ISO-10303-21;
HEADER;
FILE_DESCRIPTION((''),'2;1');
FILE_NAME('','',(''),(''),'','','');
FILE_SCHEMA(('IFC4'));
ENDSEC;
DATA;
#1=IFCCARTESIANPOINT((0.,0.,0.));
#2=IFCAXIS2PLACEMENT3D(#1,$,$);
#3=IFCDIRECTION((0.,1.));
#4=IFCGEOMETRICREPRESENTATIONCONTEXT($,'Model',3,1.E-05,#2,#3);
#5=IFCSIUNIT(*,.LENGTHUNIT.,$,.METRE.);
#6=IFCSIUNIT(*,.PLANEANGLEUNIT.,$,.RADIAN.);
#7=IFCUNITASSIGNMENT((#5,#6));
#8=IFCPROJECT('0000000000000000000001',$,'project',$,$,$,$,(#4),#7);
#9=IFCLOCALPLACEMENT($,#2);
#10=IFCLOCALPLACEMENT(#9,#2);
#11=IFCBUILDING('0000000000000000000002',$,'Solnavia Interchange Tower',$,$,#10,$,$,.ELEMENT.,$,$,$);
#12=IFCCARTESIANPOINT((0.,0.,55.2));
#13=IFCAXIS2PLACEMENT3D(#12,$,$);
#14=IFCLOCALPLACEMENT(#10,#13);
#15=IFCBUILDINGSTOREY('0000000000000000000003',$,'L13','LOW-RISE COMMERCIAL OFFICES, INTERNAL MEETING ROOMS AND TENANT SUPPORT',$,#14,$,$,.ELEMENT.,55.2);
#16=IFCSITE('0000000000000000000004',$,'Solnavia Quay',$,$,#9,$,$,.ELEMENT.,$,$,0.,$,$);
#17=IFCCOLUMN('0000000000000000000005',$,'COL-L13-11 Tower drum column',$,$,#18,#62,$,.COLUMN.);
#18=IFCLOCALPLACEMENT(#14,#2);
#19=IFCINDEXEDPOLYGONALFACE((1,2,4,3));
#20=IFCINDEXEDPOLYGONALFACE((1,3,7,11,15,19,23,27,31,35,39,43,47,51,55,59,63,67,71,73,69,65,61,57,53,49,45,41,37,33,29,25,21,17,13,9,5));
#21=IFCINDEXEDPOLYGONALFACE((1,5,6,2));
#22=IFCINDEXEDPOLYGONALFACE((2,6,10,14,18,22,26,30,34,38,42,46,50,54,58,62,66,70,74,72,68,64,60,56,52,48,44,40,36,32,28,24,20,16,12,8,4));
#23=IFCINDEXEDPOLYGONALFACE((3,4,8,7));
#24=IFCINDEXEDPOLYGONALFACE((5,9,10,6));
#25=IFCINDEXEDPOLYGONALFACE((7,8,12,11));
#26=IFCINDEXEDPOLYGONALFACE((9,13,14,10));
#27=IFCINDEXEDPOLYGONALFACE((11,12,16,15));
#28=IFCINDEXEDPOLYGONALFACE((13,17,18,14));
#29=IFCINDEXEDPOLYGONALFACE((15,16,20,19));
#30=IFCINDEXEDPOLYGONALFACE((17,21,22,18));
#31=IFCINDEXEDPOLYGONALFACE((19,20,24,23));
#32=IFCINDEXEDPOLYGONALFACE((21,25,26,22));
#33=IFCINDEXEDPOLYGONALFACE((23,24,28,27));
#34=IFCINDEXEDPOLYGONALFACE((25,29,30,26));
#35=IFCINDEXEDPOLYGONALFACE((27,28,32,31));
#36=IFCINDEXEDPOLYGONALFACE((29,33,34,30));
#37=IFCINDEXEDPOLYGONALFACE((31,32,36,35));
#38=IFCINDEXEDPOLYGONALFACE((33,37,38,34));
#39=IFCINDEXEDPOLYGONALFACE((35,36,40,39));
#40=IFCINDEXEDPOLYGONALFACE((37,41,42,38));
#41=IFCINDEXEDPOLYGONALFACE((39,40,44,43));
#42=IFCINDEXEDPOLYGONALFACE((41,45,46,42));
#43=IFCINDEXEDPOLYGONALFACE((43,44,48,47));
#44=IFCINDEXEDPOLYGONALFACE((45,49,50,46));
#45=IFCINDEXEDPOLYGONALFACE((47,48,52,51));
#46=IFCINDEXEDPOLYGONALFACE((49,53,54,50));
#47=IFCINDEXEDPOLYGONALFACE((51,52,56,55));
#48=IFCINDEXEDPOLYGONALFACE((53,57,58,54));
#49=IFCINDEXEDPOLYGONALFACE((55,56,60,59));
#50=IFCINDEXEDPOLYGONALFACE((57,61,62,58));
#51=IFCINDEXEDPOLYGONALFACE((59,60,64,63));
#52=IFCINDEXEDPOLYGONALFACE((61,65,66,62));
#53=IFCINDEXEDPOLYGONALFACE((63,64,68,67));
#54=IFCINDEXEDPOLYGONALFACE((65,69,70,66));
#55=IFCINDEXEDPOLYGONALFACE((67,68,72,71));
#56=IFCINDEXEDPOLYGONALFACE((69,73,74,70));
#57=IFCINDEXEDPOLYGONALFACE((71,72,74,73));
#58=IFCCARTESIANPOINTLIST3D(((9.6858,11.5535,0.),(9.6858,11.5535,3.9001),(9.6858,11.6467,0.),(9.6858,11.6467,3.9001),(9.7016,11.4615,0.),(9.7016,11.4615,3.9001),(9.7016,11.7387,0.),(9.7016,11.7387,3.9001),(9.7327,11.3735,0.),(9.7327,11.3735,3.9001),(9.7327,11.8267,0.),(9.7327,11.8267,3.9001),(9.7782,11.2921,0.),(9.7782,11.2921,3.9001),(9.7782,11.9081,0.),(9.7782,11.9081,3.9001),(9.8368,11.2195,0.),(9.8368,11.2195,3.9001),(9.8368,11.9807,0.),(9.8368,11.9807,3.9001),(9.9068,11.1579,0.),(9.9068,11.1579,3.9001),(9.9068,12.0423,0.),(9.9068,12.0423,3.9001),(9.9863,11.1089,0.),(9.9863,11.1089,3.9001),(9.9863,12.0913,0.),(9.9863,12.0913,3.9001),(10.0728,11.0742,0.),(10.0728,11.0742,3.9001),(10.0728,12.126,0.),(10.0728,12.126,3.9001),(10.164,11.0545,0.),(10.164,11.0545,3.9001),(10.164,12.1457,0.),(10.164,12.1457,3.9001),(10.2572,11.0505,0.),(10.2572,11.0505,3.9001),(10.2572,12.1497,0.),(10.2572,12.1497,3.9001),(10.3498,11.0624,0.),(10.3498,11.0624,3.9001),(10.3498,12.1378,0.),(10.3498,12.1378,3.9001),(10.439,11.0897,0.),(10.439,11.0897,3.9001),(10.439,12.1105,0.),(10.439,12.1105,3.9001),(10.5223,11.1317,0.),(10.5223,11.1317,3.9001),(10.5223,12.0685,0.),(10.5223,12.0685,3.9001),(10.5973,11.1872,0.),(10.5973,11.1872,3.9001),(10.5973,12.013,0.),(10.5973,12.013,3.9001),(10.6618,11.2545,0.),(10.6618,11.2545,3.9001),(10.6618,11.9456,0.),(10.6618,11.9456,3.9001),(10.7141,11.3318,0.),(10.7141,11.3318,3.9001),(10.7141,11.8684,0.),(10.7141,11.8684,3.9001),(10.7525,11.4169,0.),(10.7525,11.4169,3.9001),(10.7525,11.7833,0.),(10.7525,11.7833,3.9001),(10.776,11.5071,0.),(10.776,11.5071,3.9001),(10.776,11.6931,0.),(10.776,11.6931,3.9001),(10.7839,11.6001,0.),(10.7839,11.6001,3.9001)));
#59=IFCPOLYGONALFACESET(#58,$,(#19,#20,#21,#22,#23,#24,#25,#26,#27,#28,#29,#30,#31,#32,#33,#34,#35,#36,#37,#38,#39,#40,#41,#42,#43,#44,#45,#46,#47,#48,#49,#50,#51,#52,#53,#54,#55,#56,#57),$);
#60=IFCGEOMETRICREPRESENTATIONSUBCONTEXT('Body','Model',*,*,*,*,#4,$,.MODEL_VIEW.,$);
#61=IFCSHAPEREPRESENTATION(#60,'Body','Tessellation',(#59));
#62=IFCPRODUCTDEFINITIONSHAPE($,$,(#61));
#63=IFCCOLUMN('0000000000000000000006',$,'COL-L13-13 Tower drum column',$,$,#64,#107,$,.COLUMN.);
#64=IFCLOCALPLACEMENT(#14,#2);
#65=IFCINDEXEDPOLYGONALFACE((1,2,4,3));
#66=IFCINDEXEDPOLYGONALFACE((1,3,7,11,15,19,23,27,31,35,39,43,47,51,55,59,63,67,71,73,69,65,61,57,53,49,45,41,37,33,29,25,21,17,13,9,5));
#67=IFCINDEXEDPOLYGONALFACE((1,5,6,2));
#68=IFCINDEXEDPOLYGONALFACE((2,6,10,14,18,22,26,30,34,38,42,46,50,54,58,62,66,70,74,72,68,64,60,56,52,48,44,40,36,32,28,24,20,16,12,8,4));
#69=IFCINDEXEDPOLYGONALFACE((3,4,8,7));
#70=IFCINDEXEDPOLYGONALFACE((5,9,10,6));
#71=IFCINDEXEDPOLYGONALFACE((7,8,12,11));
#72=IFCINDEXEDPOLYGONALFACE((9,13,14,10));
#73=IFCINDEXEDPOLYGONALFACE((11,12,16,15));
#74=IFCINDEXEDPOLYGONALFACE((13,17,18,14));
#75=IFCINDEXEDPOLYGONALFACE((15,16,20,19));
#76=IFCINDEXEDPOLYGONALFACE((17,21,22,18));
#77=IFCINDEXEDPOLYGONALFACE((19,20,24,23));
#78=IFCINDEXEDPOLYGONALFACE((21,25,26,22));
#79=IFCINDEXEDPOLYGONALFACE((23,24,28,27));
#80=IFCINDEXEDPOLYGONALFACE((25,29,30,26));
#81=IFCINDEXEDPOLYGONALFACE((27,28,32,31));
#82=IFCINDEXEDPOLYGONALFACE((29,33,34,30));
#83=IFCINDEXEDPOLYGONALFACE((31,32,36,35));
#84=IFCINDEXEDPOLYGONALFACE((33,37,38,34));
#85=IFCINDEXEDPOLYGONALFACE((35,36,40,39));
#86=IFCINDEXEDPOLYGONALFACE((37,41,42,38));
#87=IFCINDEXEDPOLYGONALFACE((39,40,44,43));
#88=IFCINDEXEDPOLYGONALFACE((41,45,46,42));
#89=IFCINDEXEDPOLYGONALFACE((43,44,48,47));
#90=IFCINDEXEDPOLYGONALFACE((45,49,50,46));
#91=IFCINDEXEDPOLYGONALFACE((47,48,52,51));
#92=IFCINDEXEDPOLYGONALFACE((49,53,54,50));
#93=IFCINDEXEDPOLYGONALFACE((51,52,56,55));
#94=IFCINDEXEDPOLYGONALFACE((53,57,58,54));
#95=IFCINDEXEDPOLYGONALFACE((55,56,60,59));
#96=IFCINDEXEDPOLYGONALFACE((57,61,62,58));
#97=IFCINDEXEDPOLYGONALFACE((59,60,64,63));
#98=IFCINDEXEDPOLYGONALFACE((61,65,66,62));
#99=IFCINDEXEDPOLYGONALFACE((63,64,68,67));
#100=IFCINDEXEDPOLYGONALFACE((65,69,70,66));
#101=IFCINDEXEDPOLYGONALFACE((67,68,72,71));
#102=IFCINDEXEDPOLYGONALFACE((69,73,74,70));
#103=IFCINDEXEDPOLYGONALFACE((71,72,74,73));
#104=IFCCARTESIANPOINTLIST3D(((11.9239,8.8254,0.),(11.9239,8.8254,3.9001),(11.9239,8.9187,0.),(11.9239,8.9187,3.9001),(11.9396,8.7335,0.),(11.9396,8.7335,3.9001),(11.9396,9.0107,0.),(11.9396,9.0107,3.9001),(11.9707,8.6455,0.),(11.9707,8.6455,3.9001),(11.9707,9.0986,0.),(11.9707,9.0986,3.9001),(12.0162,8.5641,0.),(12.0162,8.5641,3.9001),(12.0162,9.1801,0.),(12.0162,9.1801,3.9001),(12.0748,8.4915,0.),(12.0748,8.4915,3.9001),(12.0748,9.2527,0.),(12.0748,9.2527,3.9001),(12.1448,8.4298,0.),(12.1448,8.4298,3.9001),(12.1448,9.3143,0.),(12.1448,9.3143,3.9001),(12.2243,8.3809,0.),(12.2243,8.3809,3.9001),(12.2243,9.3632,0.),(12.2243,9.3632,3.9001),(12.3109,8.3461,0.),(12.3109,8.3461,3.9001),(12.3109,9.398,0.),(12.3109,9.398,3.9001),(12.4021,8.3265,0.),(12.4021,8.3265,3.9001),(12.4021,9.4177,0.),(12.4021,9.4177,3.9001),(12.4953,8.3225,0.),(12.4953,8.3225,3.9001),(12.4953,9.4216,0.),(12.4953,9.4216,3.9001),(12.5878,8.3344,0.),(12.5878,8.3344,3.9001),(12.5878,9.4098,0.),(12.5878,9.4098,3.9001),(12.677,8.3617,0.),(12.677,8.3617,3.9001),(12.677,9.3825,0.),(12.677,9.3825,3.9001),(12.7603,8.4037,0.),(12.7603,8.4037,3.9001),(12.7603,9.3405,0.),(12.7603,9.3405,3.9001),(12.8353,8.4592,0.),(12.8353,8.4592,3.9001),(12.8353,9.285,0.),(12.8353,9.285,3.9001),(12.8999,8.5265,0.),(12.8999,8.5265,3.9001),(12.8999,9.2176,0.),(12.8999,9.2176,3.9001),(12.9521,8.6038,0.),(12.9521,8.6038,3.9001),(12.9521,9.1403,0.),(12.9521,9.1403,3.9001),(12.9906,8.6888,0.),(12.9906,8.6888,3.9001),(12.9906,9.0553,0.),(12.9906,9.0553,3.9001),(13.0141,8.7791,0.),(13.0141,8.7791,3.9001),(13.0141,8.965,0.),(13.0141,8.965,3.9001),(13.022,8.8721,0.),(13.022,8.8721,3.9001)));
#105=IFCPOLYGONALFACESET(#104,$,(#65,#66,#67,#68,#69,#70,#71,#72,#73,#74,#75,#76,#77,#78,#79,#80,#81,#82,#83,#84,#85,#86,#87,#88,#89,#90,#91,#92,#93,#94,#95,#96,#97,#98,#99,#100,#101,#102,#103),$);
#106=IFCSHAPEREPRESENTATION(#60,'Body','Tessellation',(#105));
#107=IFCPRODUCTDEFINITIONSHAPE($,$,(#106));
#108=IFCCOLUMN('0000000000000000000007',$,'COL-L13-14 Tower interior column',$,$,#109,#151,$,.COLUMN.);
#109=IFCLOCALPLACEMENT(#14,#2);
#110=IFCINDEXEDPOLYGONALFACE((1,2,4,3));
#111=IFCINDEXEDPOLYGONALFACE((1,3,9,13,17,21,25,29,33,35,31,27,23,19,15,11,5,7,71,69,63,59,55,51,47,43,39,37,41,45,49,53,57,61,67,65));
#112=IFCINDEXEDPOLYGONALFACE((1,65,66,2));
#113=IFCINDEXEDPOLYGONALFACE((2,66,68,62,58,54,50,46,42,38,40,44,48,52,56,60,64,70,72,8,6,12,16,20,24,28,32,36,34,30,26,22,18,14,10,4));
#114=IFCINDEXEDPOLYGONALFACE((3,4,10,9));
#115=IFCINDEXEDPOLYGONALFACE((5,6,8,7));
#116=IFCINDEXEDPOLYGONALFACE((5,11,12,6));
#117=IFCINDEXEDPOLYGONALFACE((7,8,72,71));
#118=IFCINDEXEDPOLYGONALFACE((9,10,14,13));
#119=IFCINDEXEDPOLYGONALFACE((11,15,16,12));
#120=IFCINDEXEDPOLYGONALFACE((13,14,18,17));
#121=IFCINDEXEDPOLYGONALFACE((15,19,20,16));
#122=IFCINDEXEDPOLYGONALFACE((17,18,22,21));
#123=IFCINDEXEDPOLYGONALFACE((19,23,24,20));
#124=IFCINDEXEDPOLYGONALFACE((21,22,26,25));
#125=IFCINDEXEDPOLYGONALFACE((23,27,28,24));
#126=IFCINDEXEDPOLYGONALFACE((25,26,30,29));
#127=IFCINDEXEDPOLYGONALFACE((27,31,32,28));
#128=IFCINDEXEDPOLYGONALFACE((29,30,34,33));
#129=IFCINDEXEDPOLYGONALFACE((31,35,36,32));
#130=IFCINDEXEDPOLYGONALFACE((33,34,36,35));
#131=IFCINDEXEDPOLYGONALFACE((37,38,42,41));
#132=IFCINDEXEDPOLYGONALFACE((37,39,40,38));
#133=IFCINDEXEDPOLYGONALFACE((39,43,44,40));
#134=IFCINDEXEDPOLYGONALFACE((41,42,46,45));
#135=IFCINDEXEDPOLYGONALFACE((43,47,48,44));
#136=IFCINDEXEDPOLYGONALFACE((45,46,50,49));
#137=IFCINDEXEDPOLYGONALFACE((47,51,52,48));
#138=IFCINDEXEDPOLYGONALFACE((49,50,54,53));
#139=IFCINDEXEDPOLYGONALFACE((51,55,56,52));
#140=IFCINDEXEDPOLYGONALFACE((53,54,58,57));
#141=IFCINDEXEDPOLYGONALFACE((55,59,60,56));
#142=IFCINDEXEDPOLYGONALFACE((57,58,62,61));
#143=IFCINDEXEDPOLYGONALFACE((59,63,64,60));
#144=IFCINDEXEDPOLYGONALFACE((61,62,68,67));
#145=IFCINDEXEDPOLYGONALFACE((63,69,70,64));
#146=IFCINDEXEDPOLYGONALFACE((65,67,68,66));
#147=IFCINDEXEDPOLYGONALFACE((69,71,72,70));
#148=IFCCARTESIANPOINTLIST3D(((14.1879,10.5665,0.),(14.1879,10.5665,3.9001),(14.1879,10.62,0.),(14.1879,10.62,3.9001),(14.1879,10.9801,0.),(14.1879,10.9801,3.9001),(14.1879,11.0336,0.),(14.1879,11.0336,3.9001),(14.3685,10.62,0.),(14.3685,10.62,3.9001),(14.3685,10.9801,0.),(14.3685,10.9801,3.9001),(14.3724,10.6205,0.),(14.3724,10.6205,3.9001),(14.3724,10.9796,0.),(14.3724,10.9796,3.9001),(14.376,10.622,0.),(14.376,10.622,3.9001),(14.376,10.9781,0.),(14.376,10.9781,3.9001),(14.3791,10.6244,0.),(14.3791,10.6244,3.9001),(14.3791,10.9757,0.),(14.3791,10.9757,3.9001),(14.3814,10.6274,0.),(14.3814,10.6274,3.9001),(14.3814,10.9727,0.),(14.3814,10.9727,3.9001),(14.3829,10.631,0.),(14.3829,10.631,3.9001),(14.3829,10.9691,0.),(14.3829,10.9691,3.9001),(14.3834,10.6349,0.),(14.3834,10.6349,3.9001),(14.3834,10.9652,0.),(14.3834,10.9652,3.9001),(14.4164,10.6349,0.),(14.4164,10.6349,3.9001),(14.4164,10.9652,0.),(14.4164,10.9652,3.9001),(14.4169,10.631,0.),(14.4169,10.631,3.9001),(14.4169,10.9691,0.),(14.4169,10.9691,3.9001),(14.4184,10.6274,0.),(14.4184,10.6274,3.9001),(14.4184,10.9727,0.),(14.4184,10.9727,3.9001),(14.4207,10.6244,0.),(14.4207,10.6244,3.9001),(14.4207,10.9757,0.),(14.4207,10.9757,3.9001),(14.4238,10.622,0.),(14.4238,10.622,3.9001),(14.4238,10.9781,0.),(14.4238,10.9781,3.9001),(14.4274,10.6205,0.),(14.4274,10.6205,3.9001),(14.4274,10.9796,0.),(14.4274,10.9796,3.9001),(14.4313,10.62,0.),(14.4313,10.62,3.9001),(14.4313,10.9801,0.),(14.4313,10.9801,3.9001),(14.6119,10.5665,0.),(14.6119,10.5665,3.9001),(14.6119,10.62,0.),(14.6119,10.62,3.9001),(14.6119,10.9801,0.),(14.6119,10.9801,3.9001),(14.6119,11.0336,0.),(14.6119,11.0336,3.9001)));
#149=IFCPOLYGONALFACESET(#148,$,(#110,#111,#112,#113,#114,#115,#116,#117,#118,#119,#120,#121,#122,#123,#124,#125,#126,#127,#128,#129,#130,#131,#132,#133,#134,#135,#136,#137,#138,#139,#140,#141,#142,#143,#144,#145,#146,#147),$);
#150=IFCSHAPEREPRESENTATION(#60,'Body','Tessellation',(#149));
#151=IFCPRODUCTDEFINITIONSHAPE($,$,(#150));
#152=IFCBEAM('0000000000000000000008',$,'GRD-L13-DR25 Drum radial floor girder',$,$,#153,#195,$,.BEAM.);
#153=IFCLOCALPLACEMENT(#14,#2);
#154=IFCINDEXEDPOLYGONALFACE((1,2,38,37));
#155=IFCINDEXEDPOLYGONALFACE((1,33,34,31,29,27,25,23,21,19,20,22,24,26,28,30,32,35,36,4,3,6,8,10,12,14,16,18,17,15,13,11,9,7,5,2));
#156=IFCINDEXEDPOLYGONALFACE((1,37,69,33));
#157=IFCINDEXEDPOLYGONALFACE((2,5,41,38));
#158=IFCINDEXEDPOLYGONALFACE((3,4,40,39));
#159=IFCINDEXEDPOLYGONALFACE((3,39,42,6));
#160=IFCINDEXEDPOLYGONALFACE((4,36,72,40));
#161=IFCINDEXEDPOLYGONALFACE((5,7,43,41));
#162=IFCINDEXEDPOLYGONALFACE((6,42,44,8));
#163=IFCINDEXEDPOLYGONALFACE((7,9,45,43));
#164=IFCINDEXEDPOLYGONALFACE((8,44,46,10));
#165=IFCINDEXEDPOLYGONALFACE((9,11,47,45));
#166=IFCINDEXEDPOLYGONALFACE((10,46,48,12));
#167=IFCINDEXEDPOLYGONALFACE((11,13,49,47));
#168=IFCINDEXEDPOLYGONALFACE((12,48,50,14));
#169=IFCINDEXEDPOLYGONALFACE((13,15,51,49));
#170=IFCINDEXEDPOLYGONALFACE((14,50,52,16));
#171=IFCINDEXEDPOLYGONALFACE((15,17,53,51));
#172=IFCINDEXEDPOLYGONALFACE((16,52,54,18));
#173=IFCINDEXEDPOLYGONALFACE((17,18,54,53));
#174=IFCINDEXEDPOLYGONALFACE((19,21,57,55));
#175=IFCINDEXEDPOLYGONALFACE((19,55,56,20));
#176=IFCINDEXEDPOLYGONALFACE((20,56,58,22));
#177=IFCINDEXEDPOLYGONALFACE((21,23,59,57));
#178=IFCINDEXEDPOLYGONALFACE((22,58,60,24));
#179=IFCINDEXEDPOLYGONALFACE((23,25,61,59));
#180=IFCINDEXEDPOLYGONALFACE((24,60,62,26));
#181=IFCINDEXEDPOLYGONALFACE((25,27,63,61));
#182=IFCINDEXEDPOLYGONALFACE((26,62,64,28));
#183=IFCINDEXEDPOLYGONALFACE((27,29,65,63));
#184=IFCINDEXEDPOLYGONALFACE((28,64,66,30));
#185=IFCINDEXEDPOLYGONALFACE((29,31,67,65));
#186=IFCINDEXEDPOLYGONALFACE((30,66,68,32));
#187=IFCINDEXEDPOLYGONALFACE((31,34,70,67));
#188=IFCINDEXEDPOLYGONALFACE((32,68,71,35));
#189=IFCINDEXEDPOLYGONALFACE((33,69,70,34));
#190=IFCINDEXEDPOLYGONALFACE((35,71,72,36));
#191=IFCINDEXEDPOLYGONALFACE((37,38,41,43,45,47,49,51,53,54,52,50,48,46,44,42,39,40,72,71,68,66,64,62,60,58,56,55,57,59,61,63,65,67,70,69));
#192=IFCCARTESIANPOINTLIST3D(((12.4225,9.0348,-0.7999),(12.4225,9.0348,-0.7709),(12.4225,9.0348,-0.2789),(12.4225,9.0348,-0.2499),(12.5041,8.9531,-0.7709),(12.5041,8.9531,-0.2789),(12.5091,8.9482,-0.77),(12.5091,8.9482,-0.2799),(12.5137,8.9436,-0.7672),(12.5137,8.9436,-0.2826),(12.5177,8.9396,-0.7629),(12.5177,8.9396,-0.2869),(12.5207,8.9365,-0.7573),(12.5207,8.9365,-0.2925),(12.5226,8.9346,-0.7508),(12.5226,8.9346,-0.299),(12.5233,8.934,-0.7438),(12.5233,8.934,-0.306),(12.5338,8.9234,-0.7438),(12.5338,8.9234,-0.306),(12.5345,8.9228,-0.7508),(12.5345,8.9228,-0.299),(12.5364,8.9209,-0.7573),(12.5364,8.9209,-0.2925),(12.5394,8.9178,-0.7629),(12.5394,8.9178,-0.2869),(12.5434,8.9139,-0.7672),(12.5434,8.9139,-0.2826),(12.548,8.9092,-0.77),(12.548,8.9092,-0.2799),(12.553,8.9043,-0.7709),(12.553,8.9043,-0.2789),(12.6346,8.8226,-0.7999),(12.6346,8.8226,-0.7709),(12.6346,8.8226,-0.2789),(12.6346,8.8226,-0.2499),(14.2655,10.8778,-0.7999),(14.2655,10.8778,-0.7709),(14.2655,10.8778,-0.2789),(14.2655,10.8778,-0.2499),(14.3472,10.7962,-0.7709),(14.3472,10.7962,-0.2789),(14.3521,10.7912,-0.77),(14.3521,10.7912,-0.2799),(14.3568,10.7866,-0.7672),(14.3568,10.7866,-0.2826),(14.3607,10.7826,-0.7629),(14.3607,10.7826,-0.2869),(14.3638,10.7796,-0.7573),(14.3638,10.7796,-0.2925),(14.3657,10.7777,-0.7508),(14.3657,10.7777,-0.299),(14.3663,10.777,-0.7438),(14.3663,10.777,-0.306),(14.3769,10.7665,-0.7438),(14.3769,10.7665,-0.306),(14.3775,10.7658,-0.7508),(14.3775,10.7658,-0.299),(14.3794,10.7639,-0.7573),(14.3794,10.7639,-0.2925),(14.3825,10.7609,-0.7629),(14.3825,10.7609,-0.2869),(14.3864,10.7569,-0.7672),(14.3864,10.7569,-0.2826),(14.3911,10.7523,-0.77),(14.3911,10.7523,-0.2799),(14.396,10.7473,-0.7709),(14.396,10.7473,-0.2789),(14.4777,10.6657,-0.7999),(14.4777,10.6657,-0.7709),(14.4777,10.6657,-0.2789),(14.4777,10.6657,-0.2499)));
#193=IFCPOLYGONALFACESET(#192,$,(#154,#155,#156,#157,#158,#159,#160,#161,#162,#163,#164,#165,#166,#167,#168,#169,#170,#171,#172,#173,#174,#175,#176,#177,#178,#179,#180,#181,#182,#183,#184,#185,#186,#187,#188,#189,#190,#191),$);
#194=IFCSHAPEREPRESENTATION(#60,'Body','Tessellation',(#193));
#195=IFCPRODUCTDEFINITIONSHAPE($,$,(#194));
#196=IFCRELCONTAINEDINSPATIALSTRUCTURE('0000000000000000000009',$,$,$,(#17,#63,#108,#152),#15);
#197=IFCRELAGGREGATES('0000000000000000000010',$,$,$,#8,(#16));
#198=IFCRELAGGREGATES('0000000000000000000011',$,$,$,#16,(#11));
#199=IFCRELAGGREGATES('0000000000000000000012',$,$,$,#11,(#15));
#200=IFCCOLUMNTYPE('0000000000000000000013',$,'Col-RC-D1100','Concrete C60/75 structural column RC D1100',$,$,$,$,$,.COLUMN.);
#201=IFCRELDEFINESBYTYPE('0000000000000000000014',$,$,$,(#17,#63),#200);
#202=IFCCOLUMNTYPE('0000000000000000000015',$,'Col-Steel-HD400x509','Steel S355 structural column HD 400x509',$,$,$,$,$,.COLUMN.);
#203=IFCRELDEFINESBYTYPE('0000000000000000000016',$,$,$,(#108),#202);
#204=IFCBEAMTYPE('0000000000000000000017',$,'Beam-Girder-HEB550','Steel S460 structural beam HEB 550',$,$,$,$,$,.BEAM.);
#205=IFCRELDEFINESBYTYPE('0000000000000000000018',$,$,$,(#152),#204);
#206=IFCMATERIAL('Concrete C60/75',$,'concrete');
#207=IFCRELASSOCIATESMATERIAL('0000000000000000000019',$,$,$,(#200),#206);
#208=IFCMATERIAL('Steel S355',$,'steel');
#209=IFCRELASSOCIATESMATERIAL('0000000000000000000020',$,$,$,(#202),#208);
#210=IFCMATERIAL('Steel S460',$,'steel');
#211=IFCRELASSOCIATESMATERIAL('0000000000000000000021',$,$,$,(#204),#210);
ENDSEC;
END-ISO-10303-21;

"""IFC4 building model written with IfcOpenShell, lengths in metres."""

from ifc_helpers import new_model, si_unit, direction, frame, origin, origin_2d, place, context, subcontext, project, spatial, circle, i_section, extrude, material, material_profile, profile_set, type_object, element, save


model = new_model("IFC4")

# Units and contexts
model_context = context("Model", 3, precision=1e-05, world=origin(), true_north=direction((0.0, 1.0)))
body_context = subcontext(model_context, "Body", "Model", "MODEL_VIEW")
ifc_project = project(units=[si_unit("LENGTHUNIT", "METRE"), si_unit("PLANEANGLEUNIT", "RADIAN")], contexts=[model_context])

# Site, building, storey
site_placement = place(None, origin())
site = spatial("IfcSite", under=ifc_project, at=site_placement, Name="Solnavia Quay", CompositionType="ELEMENT", RefElevation=0.0)
building_placement = place(site_placement, origin())
building = spatial("IfcBuilding", under=site, at=building_placement, Name="Solnavia Interchange Tower", CompositionType="ELEMENT")
storey_placement = place(building_placement, frame((0.0, 0.0, 55.2)))
storey = spatial("IfcBuildingStorey", under=building, at=storey_placement, Name="L13", Description="LOW-RISE COMMERCIAL OFFICES, INTERNAL MEETING ROOMS AND TENANT SUPPORT", CompositionType="ELEMENT", Elevation=55.2)

# Columns
ifc_material_1 = material(Name="Concrete C60/75", Category="concrete")
ifc_material_profile_1 = material_profile(ifc_material_1, circle(Radius=0.55, at=origin_2d()), Name="RC D1100")
ifc_profile_set_1 = profile_set([ifc_material_profile_1], Name="Concrete C60/75")
column_type_1 = type_object("IfcColumnType", Name="Col-RC-D1100", Description="Concrete C60/75 structural column RC D1100", PredefinedType="COLUMN", material=ifc_profile_set_1)
for number, where, z_axis, x_axis, name in (
    (1, (10.2339, 11.6001, 0.0), (0.0, 0.0, 1.0), (1.0, 0.0, 0.0), "COL-L13-11 Tower drum column"),
    (2, (12.4719, 8.8721, 0.0), (0.0, 0.0, 1.0), (1.0, 0.0, 0.0), "COL-L13-13 Tower drum column"),
):
    element("IfcColumn", number, at=place(storey_placement, frame(where, z_axis=z_axis, x_axis=x_axis)), inside=storey, type_object=column_type_1, Name=name, PredefinedType="COLUMN", context=body_context, shape_type="SweptSolid", body=[
        extrude(circle(Radius=0.55, at=origin_2d()), origin(), (0.0, 0.0, 1.0), 3.9001),
    ])
ifc_material_2 = material(Name="Steel S355", Category="steel")
ifc_material_profile_2 = material_profile(ifc_material_2, i_section(OverallWidth=0.4241, OverallDepth=0.467, WebThickness=0.033, FlangeThickness=0.0535, FilletRadius=0.0149, at=origin_2d()), Name="HD 400x509")
ifc_profile_set_2 = profile_set([ifc_material_profile_2], Name="Steel S355")
column_type_2 = type_object("IfcColumnType", Name="Col-Steel-HD400x509", Description="Steel S355 structural column HD 400x509", PredefinedType="COLUMN", material=ifc_profile_set_2)
column_placement = place(storey_placement, frame((14.3999, 10.8, 0.0), z_axis=(0.0, 0.0, 1.0), x_axis=(1.0, 0.0, 0.0)))
element("IfcColumn", 3, at=column_placement, inside=storey, type_object=column_type_2, Name="COL-L13-14 Tower interior column", PredefinedType="COLUMN", context=body_context, shape_type="SweptSolid", body=[
    extrude(i_section(OverallWidth=0.4241, OverallDepth=0.467, WebThickness=0.033, FlangeThickness=0.0535, FilletRadius=0.0149, at=origin_2d()), origin(), (0.0, 0.0, 1.0), 3.9001),
])

# Beam
ifc_material_3 = material(Name="Steel S460", Category="steel")
ifc_material_profile_3 = material_profile(ifc_material_3, i_section(OverallWidth=0.3, OverallDepth=0.55, WebThickness=0.0149, FlangeThickness=0.0291, FilletRadius=0.0271, at=origin_2d()), Name="HEB 550")
ifc_profile_set_3 = profile_set([ifc_material_profile_3], Name="Steel S460")
beam_type_1 = type_object("IfcBeamType", Name="Beam-Girder-HEB550", Description="Steel S460 structural beam HEB 550", PredefinedType="BEAM", material=ifc_profile_set_3)
beam_1_placement = place(storey_placement, frame((12.5286, 8.9287, -0.5249), z_axis=(0.707107, 0.707107, 0.0), x_axis=(-0.707107, 0.707107, 0.0)))
element("IfcBeam", 4, at=beam_1_placement, inside=storey, type_object=beam_type_1, Name="GRD-L13-DR25 Drum radial floor girder", PredefinedType="BEAM", context=body_context, shape_type="SweptSolid", body=[
    extrude(i_section(OverallWidth=0.3, OverallDepth=0.55, WebThickness=0.0149, FlangeThickness=0.0291, FilletRadius=0.0271, at=origin_2d()), origin(), (0.0, 0.0, 1.0), 2.6064),
])

save(model, "model.ifc")
